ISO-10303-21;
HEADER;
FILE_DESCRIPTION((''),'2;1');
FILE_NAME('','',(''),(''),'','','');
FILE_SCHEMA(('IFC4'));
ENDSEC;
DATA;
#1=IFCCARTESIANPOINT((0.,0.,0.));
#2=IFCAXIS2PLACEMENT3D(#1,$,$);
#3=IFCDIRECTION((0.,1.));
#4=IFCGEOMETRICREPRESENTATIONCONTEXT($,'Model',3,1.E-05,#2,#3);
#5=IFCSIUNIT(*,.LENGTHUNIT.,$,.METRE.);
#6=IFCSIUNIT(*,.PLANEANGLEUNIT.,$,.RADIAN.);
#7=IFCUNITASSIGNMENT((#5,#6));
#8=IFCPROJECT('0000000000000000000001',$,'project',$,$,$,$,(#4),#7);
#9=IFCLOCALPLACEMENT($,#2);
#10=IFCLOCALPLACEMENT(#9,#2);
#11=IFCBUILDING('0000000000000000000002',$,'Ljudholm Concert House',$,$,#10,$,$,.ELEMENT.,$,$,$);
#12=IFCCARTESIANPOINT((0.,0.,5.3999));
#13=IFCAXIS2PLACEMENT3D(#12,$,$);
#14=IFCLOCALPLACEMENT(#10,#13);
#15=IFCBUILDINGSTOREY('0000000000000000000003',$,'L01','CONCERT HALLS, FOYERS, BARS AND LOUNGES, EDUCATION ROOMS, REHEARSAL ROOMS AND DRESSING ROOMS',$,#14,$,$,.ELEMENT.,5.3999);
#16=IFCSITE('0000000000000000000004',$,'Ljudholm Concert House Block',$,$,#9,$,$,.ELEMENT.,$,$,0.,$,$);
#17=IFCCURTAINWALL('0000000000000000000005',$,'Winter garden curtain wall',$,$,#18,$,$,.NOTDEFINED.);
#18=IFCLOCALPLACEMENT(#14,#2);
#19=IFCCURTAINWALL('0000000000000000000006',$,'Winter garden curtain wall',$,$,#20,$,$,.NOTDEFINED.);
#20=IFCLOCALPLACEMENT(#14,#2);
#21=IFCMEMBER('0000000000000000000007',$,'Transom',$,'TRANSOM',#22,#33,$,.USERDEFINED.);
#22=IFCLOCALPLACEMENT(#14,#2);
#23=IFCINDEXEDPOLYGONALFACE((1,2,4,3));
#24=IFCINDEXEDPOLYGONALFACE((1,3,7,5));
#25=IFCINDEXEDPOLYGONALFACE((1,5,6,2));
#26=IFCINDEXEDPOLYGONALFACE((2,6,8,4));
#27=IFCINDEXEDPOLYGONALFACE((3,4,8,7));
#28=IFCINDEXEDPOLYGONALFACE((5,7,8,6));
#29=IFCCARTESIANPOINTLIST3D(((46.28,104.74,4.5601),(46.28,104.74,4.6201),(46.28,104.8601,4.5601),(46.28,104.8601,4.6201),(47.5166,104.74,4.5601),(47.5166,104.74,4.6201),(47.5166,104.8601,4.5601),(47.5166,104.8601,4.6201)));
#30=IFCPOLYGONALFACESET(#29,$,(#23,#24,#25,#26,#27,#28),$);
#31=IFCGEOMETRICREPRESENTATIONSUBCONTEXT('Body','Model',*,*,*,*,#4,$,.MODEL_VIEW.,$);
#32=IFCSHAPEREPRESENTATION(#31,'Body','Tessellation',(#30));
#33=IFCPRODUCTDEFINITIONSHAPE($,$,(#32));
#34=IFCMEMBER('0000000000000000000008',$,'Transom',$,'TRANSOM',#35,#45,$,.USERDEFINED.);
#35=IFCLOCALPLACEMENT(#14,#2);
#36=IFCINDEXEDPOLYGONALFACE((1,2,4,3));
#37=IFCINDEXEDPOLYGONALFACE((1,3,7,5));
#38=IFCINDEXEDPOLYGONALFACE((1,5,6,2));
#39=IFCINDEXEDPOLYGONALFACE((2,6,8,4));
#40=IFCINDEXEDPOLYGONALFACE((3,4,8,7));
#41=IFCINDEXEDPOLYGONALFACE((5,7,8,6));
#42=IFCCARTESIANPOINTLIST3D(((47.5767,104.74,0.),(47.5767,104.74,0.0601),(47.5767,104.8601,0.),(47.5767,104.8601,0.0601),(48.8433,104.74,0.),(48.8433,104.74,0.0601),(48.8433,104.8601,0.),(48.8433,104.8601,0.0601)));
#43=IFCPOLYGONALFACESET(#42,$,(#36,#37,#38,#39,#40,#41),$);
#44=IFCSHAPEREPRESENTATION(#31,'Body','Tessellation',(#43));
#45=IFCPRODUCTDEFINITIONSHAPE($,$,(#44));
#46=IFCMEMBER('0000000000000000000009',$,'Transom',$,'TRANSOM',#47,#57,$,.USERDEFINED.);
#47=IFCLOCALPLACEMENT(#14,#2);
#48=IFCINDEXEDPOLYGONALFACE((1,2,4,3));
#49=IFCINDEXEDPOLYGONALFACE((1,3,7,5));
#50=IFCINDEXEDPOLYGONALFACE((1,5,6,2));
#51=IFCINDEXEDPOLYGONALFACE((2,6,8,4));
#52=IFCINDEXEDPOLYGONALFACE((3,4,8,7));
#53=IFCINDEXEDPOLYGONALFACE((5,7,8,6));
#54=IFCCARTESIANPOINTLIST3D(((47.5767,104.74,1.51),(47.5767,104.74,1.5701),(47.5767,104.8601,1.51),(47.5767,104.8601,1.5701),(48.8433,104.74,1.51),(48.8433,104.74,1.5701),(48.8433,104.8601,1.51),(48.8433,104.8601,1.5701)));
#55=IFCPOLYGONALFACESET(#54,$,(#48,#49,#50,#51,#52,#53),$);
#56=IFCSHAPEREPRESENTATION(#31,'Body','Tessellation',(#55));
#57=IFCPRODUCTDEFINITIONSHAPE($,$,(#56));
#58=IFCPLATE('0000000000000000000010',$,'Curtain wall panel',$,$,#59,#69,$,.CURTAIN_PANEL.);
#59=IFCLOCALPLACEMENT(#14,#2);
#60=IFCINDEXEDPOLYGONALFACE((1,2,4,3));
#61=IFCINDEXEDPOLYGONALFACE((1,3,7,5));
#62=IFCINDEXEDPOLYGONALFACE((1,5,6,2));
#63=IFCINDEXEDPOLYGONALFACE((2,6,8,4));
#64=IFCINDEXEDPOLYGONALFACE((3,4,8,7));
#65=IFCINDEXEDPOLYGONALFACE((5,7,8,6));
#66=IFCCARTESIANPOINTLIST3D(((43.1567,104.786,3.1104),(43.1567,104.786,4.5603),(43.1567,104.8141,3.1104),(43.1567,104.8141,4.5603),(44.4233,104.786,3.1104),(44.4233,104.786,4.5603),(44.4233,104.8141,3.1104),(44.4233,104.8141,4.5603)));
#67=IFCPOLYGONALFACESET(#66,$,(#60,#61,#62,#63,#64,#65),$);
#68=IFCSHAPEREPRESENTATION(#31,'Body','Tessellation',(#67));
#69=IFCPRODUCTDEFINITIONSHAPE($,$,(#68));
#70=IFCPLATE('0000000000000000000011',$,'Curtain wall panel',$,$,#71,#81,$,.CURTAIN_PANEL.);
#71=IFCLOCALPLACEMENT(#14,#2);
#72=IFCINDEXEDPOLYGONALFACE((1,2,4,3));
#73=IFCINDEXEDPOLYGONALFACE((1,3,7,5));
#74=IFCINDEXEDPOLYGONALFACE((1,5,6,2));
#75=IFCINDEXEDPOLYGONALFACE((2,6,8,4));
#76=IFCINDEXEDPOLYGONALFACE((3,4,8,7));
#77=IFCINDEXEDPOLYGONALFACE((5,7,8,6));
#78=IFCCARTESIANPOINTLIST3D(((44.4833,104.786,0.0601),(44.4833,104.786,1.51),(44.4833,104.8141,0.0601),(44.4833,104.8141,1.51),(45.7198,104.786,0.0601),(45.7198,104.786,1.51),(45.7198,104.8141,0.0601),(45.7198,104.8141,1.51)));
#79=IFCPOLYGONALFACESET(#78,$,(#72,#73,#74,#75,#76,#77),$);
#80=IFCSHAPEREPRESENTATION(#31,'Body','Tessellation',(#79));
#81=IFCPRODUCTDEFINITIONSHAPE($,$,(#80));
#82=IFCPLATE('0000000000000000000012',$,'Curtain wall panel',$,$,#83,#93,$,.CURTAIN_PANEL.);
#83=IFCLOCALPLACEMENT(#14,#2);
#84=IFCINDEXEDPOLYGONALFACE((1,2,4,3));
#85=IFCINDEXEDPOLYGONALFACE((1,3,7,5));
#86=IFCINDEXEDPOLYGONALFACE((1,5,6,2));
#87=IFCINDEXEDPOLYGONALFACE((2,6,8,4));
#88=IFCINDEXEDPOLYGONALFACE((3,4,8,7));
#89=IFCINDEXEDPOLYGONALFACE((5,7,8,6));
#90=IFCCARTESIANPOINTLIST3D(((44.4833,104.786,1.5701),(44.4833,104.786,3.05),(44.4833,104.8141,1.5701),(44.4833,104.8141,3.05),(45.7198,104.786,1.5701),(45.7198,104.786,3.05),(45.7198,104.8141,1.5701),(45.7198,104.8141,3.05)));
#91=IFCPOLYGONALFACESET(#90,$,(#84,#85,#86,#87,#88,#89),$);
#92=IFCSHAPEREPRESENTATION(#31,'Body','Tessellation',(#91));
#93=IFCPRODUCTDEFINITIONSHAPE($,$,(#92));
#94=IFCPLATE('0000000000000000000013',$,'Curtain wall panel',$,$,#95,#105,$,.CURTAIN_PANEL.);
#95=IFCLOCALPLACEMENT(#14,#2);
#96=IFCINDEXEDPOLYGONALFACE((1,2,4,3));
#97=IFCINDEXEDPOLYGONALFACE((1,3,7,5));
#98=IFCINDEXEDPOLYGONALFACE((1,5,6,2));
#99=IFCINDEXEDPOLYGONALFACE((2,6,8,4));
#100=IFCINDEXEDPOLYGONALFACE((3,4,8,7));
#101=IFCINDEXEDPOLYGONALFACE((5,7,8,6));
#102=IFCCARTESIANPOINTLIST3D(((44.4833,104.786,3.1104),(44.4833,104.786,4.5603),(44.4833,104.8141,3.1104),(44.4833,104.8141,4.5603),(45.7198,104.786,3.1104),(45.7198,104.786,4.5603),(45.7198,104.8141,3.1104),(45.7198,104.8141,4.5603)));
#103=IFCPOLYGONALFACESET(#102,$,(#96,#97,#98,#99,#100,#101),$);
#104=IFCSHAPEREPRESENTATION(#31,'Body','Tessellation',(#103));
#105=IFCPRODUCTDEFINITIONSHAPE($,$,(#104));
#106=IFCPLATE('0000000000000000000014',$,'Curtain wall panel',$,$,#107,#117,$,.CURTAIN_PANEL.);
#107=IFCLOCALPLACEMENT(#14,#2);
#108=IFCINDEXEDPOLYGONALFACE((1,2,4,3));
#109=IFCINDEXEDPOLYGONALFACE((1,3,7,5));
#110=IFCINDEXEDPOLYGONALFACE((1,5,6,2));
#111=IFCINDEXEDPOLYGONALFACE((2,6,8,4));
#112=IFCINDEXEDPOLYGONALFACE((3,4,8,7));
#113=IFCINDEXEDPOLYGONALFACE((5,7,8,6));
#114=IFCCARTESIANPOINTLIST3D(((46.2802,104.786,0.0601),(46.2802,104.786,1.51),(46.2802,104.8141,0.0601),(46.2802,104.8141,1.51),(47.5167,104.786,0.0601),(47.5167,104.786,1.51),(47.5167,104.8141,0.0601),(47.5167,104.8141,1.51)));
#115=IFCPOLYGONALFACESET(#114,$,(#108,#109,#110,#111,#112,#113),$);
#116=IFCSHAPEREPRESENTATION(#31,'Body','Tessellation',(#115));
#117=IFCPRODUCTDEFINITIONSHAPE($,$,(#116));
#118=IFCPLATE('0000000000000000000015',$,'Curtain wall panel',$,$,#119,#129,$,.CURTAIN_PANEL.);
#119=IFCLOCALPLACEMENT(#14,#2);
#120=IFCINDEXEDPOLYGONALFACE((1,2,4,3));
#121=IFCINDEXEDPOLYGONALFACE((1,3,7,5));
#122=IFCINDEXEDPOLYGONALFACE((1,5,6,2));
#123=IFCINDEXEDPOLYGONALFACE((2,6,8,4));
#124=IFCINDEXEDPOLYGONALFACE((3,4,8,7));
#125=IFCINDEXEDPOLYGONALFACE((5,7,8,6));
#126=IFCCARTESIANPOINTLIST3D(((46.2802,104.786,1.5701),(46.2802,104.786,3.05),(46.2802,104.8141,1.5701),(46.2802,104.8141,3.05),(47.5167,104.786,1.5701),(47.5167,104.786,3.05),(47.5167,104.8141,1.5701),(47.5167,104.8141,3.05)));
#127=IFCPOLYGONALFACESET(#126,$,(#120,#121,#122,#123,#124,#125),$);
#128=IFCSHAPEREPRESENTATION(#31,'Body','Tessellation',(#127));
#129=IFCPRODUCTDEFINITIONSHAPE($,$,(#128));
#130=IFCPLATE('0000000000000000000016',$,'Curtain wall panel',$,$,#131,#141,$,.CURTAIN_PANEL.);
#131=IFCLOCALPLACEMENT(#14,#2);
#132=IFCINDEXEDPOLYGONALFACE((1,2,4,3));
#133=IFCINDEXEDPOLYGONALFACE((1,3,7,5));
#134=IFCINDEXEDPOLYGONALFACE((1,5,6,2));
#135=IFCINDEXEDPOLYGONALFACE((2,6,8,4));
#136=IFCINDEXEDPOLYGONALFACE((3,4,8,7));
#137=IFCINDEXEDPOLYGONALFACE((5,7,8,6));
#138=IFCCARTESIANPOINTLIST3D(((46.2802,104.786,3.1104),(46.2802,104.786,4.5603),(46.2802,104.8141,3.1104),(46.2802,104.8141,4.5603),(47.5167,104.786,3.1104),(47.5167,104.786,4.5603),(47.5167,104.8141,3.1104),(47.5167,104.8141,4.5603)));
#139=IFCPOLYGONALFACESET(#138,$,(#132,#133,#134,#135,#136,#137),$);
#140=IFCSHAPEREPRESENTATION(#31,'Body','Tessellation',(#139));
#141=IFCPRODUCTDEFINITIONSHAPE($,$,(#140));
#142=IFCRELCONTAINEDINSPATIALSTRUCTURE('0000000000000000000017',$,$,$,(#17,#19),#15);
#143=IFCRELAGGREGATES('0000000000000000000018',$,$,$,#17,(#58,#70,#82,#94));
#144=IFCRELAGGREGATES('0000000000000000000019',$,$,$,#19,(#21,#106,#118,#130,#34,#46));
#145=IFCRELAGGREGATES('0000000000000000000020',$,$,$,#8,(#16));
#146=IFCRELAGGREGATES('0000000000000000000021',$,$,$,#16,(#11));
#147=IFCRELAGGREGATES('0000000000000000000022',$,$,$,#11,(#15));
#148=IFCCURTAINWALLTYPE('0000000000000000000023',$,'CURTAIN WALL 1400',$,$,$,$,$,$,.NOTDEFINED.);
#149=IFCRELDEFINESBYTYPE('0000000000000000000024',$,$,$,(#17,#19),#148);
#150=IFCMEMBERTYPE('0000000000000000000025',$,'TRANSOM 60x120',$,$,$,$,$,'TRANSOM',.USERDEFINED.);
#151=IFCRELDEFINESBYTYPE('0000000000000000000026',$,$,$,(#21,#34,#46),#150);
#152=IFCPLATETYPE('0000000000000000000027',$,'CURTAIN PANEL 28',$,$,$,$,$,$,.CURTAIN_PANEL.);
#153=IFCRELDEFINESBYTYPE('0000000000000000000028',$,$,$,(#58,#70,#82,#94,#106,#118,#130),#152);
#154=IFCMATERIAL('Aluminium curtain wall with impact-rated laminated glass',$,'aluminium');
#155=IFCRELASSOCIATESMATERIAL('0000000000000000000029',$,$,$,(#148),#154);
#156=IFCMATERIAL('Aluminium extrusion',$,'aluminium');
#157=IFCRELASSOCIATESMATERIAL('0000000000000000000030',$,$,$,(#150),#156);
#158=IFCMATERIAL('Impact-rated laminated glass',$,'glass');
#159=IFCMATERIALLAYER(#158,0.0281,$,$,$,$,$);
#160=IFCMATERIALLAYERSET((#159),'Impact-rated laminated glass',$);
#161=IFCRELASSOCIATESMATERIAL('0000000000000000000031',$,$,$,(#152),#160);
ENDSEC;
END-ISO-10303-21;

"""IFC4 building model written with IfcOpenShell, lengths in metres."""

from ifc_helpers import new_model, si_unit, direction, frame, origin, origin_2d, place, context, subcontext, project, spatial, rectangle, extrude, material, layer, layer_set, material_profile, profile_set, type_object, element, aggregate, save


model = new_model("IFC4")

# Units and contexts
model_context = context("Model", 3, precision=1e-05, world=origin(), true_north=direction((0.0, 1.0)))
body_context = subcontext(model_context, "Body", "Model", "MODEL_VIEW")
ifc_project = project(units=[si_unit("LENGTHUNIT", "METRE"), si_unit("PLANEANGLEUNIT", "RADIAN")], contexts=[model_context])

# Site, building, storey
site_placement = place(None, origin())
site = spatial("IfcSite", under=ifc_project, at=site_placement, Name="Ljudholm Concert House Block", CompositionType="ELEMENT", RefElevation=0.0)
building_placement = place(site_placement, origin())
building = spatial("IfcBuilding", under=site, at=building_placement, Name="Ljudholm Concert House", CompositionType="ELEMENT")
storey_placement = place(building_placement, frame((0.0, 0.0, 5.3999)))
storey = spatial("IfcBuildingStorey", under=building, at=storey_placement, Name="L01", Description="CONCERT HALLS, FOYERS, BARS AND LOUNGES, EDUCATION ROOMS, REHEARSAL ROOMS AND DRESSING ROOMS", CompositionType="ELEMENT", Elevation=5.3999)

# Curtain walls
ifc_material_1 = material(Name="Aluminium curtain wall with impact-rated laminated glass", Category="aluminium")
curtain_wall_type = type_object("IfcCurtainWallType", Name="CURTAIN WALL 1400", PredefinedType="NOTDEFINED", material=ifc_material_1)
curtain_wall_1_placement = place(storey_placement, origin())
curtain_wall_1 = element("IfcCurtainWall", 1, at=curtain_wall_1_placement, inside=storey, type_object=curtain_wall_type, Name="Winter garden curtain wall", PredefinedType="NOTDEFINED")
curtain_wall_2_placement = place(storey_placement, origin())
curtain_wall_2 = element("IfcCurtainWall", 2, at=curtain_wall_2_placement, inside=storey, type_object=curtain_wall_type, Name="Winter garden curtain wall", PredefinedType="NOTDEFINED")

# Members
ifc_material_2 = material(Name="Aluminium extrusion", Category="aluminium")
ifc_material_profile_1 = material_profile(ifc_material_2, rectangle(XDim=0.1201, YDim=0.0601, at=origin_2d()), Name="TRANSOM 60x120")
ifc_profile_set_1 = profile_set([ifc_material_profile_1], Name="Aluminium extrusion")
member_type_1 = type_object("IfcMemberType", Name="TRANSOM 60x120", ElementType="TRANSOM", PredefinedType="USERDEFINED", material=ifc_profile_set_1)
member_1_placement = place(storey_placement, frame((46.28, 104.8, 4.5901), z_axis=(1.0, 0.0, 0.0), x_axis=(0.0, 1.0, 0.0)))
member_1 = element("IfcMember", 3, at=member_1_placement, type_object=member_type_1, Name="Transom", ObjectType="TRANSOM", PredefinedType="USERDEFINED", context=body_context, shape_type="SweptSolid", body=[
    extrude(rectangle(XDim=0.1201, YDim=0.0601, at=origin_2d()), origin(), (0.0, 0.0, 1.0), 1.2366),
])
member_2_placement = place(storey_placement, frame((47.5767, 104.8, 0.03), z_axis=(1.0, 0.0, 0.0), x_axis=(0.0, 1.0, 0.0)))
member_2 = element("IfcMember", 4, at=member_2_placement, type_object=member_type_1, Name="Transom", ObjectType="TRANSOM", PredefinedType="USERDEFINED", context=body_context, shape_type="SweptSolid", body=[
    extrude(rectangle(XDim=0.1201, YDim=0.0601, at=origin_2d()), origin(), (0.0, 0.0, 1.0), 1.2666),
])
member_3_placement = place(storey_placement, frame((47.5767, 104.8, 1.54), z_axis=(1.0, 0.0, 0.0), x_axis=(0.0, 1.0, 0.0)))
member_3 = element("IfcMember", 5, at=member_3_placement, type_object=member_type_1, Name="Transom", ObjectType="TRANSOM", PredefinedType="USERDEFINED", context=body_context, shape_type="SweptSolid", body=[
    extrude(rectangle(XDim=0.1201, YDim=0.0601, at=origin_2d()), origin(), (0.0, 0.0, 1.0), 1.2666),
])

# Plates
ifc_material_3 = material(Name="Impact-rated laminated glass", Category="glass")
ifc_layer = layer(ifc_material_3, 0.0281)
ifc_layer_set = layer_set([ifc_layer], Name="Impact-rated laminated glass")
plate_type = type_object("IfcPlateType", Name="CURTAIN PANEL 28", PredefinedType="CURTAIN_PANEL", material=ifc_layer_set)
plate_1_placement = place(storey_placement, frame((43.79, 104.8, 3.1104), z_axis=(0.0, 0.0, 1.0), x_axis=(1.0, 0.0, 0.0)))
plate_1 = element("IfcPlate", 6, at=plate_1_placement, type_object=plate_type, Name="Curtain wall panel", PredefinedType="CURTAIN_PANEL", context=body_context, shape_type="SweptSolid", body=[
    extrude(rectangle(XDim=1.2666, YDim=0.0281, at=origin_2d()), origin(), (0.0, 0.0, 1.0), 1.45),
])
plate_2_placement = place(storey_placement, frame((45.1016, 104.8, 0.0601), z_axis=(0.0, 0.0, 1.0), x_axis=(1.0, 0.0, 0.0)))
plate_2 = element("IfcPlate", 7, at=plate_2_placement, type_object=plate_type, Name="Curtain wall panel", PredefinedType="CURTAIN_PANEL", context=body_context, shape_type="SweptSolid", body=[
    extrude(rectangle(XDim=1.2366, YDim=0.0281, at=origin_2d()), origin(), (0.0, 0.0, 1.0), 1.45),
])
plate_3_placement = place(storey_placement, frame((45.1016, 104.8, 1.5701), z_axis=(0.0, 0.0, 1.0), x_axis=(1.0, 0.0, 0.0)))
plate_3 = element("IfcPlate", 8, at=plate_3_placement, type_object=plate_type, Name="Curtain wall panel", PredefinedType="CURTAIN_PANEL", context=body_context, shape_type="SweptSolid", body=[
    extrude(rectangle(XDim=1.2366, YDim=0.0281, at=origin_2d()), origin(), (0.0, 0.0, 1.0), 1.48),
])
plate_4_placement = place(storey_placement, frame((45.1016, 104.8, 3.1104), z_axis=(0.0, 0.0, 1.0), x_axis=(1.0, 0.0, 0.0)))
plate_4 = element("IfcPlate", 9, at=plate_4_placement, type_object=plate_type, Name="Curtain wall panel", PredefinedType="CURTAIN_PANEL", context=body_context, shape_type="SweptSolid", body=[
    extrude(rectangle(XDim=1.2366, YDim=0.0281, at=origin_2d()), origin(), (0.0, 0.0, 1.0), 1.45),
])
aggregate(curtain_wall_1, [plate_1, plate_2, plate_3, plate_4])
plate_5_placement = place(storey_placement, frame((46.8984, 104.8, 0.0601), z_axis=(0.0, 0.0, 1.0), x_axis=(1.0, 0.0, 0.0)))
plate_5 = element("IfcPlate", 10, at=plate_5_placement, type_object=plate_type, Name="Curtain wall panel", PredefinedType="CURTAIN_PANEL", context=body_context, shape_type="SweptSolid", body=[
    extrude(rectangle(XDim=1.2366, YDim=0.0281, at=origin_2d()), origin(), (0.0, 0.0, 1.0), 1.45),
])
plate_6_placement = place(storey_placement, frame((46.8984, 104.8, 1.5701), z_axis=(0.0, 0.0, 1.0), x_axis=(1.0, 0.0, 0.0)))
plate_6 = element("IfcPlate", 11, at=plate_6_placement, type_object=plate_type, Name="Curtain wall panel", PredefinedType="CURTAIN_PANEL", context=body_context, shape_type="SweptSolid", body=[
    extrude(rectangle(XDim=1.2366, YDim=0.0281, at=origin_2d()), origin(), (0.0, 0.0, 1.0), 1.48),
])
plate_7_placement = place(storey_placement, frame((46.8984, 104.8, 3.1104), z_axis=(0.0, 0.0, 1.0), x_axis=(1.0, 0.0, 0.0)))
plate_7 = element("IfcPlate", 12, at=plate_7_placement, type_object=plate_type, Name="Curtain wall panel", PredefinedType="CURTAIN_PANEL", context=body_context, shape_type="SweptSolid", body=[
    extrude(rectangle(XDim=1.2366, YDim=0.0281, at=origin_2d()), origin(), (0.0, 0.0, 1.0), 1.45),
])
aggregate(curtain_wall_2, [member_1, plate_5, plate_6, plate_7, member_2, member_3])

save(model, "model.ifc")
